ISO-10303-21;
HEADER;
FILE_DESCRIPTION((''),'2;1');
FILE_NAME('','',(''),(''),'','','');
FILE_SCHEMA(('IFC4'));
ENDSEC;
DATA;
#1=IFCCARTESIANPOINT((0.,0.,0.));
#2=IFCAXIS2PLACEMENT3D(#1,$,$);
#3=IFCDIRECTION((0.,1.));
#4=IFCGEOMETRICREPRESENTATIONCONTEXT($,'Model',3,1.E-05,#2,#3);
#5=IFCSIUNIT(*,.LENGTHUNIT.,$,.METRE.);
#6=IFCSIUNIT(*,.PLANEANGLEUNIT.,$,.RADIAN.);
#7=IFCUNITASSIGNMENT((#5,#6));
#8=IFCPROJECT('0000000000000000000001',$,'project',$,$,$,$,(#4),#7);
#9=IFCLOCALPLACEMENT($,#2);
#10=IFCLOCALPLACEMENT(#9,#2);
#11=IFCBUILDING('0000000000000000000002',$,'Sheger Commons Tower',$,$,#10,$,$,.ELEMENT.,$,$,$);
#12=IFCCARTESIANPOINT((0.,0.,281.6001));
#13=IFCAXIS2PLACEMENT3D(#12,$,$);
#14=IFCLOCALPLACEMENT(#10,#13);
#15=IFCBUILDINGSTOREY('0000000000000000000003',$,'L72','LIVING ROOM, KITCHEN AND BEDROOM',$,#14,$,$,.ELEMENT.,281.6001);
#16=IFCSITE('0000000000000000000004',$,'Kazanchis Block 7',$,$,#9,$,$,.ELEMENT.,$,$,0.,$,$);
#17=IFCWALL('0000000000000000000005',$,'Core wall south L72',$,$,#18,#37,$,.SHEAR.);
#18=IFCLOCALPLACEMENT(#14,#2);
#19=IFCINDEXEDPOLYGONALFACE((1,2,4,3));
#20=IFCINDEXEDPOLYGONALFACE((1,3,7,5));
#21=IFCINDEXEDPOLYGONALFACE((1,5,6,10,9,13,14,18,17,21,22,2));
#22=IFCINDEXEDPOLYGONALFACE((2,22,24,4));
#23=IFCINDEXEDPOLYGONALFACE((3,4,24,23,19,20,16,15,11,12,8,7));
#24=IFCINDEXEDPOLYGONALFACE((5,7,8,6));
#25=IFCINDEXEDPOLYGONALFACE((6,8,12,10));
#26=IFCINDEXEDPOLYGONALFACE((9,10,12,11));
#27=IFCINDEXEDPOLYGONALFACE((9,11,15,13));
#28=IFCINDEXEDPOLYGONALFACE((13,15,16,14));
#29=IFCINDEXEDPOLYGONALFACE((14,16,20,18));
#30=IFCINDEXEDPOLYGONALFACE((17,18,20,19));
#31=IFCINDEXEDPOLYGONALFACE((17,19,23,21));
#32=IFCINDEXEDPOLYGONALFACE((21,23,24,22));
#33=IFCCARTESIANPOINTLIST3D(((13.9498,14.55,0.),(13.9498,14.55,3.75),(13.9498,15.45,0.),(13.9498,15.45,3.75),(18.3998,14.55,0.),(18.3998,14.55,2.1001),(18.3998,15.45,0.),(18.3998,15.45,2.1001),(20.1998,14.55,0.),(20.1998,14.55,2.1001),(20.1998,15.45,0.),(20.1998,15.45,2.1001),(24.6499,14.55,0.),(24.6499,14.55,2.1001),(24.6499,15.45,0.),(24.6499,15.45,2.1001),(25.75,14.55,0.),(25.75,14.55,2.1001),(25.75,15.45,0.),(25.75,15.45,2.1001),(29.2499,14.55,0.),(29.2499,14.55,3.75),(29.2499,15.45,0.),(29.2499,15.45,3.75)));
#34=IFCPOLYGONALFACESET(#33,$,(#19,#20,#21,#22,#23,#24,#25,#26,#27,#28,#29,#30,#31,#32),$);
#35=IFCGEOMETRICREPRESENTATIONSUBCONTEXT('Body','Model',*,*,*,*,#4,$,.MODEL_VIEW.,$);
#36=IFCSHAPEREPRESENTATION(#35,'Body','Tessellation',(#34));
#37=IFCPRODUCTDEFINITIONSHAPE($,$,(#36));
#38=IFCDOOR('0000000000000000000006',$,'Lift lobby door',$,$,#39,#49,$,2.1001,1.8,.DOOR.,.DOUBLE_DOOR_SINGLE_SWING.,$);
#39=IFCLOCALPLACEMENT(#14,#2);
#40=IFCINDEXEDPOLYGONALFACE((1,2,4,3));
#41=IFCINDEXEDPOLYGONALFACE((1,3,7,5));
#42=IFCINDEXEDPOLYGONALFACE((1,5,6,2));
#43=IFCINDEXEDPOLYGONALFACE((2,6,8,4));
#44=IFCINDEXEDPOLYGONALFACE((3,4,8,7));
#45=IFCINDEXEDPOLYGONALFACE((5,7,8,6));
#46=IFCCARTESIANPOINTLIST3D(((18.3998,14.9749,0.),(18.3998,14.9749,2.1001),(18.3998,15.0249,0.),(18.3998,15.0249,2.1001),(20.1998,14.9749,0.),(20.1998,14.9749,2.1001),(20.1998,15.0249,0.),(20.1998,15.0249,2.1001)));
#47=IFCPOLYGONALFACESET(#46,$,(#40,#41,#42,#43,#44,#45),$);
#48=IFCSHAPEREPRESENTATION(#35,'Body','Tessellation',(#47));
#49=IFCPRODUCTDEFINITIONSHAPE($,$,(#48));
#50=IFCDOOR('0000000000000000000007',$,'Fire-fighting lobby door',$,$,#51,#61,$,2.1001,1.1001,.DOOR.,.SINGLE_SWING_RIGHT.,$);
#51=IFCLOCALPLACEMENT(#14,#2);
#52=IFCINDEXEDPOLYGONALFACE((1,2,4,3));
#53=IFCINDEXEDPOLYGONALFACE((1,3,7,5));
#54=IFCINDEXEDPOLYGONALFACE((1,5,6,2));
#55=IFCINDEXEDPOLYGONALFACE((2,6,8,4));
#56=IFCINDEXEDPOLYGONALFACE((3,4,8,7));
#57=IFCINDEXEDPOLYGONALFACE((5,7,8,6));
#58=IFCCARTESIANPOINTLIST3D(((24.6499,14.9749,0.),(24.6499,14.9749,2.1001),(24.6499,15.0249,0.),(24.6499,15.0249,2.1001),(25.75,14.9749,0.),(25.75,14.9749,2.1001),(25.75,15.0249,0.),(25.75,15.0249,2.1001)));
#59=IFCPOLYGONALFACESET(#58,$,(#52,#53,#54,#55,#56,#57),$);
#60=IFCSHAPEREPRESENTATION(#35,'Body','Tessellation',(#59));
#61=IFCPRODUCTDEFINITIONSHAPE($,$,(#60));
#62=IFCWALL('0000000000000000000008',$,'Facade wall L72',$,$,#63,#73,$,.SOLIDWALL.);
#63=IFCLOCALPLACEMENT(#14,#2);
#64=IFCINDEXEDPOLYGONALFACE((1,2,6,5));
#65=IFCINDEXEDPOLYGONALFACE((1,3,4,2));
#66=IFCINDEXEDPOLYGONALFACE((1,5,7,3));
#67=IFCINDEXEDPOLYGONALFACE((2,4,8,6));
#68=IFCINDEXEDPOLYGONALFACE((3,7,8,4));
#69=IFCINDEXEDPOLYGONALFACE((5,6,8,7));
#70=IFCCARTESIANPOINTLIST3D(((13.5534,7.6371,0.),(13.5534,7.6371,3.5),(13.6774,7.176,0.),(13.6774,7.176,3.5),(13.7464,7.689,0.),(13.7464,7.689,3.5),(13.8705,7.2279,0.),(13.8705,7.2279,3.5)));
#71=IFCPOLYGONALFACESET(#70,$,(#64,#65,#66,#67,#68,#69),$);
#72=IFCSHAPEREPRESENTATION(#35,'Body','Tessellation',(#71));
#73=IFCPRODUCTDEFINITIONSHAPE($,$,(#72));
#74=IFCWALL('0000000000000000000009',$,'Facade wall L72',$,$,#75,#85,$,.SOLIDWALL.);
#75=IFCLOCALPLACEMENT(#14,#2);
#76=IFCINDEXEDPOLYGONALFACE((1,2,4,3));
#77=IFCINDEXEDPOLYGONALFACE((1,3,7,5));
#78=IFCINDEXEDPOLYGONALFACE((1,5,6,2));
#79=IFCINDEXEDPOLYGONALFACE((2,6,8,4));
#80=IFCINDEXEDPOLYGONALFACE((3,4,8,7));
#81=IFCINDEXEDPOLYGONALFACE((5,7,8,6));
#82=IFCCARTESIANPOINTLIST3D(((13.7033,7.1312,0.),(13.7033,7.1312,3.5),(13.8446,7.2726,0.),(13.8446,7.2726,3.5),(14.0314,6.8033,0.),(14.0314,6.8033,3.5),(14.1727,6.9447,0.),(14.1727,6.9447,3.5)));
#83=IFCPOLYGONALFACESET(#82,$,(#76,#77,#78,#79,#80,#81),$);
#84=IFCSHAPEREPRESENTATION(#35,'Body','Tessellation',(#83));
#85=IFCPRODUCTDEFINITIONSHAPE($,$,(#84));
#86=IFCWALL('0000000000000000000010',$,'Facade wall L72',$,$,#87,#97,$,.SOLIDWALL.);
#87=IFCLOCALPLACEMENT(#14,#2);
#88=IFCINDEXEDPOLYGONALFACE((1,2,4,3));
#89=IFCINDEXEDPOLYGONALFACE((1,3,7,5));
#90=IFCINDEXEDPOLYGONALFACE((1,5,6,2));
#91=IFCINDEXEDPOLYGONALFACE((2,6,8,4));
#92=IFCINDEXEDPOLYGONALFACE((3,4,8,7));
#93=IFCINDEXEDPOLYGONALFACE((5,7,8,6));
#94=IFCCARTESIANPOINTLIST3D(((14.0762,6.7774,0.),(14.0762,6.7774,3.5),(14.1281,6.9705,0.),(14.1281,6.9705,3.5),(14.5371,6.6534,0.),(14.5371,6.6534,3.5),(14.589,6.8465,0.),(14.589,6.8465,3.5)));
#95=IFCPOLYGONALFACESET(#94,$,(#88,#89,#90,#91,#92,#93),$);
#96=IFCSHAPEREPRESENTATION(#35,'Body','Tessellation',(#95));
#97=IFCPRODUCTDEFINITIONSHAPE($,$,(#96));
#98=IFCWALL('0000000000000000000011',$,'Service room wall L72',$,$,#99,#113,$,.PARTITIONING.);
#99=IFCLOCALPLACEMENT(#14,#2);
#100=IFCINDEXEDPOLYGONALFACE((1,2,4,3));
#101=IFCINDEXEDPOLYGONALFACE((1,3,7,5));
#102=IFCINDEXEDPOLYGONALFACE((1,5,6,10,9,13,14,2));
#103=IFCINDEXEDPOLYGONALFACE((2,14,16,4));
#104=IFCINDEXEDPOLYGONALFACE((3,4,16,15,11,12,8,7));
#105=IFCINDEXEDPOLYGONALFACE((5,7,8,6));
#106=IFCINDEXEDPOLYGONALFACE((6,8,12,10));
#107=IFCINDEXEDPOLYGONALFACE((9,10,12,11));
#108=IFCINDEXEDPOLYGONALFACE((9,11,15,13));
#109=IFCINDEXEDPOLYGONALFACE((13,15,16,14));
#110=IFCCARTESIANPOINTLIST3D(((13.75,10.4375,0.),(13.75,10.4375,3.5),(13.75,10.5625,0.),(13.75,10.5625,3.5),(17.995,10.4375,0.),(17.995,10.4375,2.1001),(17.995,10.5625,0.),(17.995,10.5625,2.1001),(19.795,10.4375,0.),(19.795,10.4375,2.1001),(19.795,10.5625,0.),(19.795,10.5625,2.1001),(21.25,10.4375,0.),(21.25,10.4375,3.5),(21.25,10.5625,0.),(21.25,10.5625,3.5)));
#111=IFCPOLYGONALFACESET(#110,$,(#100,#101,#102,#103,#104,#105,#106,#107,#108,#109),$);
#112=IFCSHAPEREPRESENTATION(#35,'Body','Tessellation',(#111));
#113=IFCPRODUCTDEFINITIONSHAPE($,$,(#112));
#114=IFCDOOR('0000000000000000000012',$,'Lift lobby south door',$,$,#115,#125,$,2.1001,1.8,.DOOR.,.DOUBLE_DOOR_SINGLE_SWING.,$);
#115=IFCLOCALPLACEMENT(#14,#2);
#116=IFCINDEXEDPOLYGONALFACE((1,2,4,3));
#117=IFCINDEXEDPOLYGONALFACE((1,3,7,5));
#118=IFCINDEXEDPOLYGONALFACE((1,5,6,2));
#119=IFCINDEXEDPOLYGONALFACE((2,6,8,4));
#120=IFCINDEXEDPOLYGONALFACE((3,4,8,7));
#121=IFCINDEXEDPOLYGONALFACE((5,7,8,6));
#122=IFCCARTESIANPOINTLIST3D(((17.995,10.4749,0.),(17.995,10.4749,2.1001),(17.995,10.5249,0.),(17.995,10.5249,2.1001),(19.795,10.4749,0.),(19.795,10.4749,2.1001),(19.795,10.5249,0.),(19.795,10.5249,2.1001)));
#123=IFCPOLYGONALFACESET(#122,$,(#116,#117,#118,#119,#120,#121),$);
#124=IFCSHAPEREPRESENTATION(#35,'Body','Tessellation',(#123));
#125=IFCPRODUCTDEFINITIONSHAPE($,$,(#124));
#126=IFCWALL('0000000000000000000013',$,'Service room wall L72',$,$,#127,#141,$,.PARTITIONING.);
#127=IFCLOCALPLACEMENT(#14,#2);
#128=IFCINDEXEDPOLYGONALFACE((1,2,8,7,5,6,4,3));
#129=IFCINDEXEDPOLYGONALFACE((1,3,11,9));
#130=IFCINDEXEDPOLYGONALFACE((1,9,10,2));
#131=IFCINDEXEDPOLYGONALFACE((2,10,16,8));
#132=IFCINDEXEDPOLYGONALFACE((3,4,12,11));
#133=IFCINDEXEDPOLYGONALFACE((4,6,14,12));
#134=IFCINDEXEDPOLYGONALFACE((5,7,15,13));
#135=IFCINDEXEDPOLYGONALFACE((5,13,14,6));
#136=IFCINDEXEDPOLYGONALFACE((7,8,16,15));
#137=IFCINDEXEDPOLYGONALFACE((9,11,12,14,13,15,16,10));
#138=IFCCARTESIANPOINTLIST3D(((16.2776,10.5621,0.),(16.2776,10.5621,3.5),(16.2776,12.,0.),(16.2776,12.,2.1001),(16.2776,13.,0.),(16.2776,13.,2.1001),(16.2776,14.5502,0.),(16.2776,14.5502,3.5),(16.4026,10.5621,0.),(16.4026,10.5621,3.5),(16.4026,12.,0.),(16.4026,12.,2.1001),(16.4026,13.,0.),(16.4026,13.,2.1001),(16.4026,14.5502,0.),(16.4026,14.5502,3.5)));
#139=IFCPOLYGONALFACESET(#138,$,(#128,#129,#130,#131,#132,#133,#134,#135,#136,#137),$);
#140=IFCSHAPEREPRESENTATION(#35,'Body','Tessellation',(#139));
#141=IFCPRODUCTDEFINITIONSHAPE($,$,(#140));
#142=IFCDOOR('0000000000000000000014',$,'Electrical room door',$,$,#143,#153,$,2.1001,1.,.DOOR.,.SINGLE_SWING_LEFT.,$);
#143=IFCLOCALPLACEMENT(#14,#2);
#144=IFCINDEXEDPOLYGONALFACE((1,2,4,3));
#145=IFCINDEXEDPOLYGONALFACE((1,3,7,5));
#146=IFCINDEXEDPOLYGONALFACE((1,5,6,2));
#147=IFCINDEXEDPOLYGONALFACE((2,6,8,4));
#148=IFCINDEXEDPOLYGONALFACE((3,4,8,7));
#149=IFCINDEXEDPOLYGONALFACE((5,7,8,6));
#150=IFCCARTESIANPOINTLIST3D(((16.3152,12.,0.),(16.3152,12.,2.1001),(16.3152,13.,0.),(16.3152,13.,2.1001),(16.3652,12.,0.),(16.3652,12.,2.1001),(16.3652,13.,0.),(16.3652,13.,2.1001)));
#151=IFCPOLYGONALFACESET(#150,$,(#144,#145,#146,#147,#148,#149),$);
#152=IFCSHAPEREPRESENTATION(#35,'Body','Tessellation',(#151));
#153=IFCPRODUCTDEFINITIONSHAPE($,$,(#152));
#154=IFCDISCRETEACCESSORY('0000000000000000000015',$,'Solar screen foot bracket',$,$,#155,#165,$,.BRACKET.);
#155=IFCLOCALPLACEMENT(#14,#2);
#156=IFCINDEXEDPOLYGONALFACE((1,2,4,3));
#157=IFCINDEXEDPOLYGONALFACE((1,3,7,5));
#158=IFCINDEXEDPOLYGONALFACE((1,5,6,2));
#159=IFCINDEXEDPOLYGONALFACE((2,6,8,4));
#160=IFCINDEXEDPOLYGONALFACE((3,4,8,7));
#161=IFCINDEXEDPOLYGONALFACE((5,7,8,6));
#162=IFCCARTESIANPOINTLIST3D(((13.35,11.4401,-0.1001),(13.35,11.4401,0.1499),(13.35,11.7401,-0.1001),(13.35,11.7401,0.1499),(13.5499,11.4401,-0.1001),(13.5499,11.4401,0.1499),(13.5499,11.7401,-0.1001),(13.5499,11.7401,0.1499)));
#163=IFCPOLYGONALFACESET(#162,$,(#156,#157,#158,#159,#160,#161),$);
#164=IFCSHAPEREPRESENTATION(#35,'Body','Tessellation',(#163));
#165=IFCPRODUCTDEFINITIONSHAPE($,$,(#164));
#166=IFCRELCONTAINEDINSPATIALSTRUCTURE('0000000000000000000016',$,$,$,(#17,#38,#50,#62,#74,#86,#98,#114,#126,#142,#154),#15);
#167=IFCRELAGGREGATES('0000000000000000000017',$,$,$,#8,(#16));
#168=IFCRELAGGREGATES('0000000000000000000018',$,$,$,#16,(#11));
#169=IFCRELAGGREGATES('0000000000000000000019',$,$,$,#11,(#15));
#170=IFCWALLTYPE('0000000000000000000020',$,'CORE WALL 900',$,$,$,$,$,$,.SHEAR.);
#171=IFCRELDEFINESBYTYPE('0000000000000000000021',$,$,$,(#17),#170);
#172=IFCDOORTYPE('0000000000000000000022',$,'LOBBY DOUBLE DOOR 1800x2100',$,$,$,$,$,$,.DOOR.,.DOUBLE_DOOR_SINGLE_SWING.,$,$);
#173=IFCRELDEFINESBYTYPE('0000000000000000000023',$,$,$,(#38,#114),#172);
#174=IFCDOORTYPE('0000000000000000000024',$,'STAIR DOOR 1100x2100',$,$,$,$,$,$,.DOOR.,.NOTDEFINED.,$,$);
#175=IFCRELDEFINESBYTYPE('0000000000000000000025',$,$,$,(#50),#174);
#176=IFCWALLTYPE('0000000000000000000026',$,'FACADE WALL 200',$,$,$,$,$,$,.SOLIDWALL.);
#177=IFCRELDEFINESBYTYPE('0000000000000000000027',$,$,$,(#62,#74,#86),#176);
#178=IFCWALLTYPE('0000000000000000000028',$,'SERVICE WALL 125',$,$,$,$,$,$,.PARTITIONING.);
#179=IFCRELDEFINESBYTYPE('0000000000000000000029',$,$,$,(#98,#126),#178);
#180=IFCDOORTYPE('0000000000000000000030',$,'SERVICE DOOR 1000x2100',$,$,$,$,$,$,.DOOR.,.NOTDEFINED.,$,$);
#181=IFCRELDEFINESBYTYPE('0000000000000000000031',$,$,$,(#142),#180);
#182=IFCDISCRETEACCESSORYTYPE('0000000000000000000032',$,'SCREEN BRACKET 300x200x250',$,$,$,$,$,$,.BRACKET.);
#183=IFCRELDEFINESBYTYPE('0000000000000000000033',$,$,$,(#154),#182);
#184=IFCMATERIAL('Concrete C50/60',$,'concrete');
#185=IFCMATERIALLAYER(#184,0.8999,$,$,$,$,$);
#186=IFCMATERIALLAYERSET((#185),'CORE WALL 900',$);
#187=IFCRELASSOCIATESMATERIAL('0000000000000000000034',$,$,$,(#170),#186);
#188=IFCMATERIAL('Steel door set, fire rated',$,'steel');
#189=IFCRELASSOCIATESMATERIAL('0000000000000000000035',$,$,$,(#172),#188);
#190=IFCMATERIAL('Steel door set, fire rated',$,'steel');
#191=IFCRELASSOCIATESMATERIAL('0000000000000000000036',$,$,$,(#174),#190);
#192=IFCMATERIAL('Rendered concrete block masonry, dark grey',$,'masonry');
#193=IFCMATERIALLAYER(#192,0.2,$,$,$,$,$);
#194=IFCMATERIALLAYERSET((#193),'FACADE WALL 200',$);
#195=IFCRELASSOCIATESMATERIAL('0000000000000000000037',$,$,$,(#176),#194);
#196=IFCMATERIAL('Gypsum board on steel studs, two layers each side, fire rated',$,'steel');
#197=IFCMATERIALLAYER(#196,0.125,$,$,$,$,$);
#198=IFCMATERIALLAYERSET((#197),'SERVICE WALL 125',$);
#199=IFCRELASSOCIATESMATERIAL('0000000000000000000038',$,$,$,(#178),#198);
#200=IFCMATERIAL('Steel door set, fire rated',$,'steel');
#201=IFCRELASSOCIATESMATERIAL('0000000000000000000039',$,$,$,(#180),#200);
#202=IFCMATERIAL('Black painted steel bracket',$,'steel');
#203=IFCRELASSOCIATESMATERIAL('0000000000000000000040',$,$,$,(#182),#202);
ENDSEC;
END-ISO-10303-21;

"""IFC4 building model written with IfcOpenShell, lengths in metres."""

from ifc_helpers import new_model, si_unit, direction, frame, frame_2d, origin, origin_2d, place, context, subcontext, project, spatial, rectangle, extrude, material, layer, layer_set, type_object, element, fill, save


model = new_model("IFC4")

# Units and contexts
model_context = context("Model", 3, precision=1e-05, world=origin(), true_north=direction((0.0, 1.0)))
body_context = subcontext(model_context, "Body", "Model", "MODEL_VIEW")
ifc_project = project(units=[si_unit("LENGTHUNIT", "METRE"), si_unit("PLANEANGLEUNIT", "RADIAN")], contexts=[model_context])

# Site, building, storey
site_placement = place(None, origin())
site = spatial("IfcSite", under=ifc_project, at=site_placement, Name="Kazanchis Block 7", CompositionType="ELEMENT", RefElevation=0.0)
building_placement = place(site_placement, origin())
building = spatial("IfcBuilding", under=site, at=building_placement, Name="Sheger Commons Tower", CompositionType="ELEMENT")
storey_placement = place(building_placement, frame((0.0, 0.0, 281.6001)))
storey = spatial("IfcBuildingStorey", under=building, at=storey_placement, Name="L72", Description="LIVING ROOM, KITCHEN AND BEDROOM", CompositionType="ELEMENT", Elevation=281.6001)

# Wall, openings, doors
ifc_material_1 = material(Name="Concrete C50/60", Category="concrete")
ifc_layer_1 = layer(ifc_material_1, 0.8999)
ifc_layer_set_1 = layer_set([ifc_layer_1], Name="CORE WALL 900")
wall_type_1 = type_object("IfcWallType", Name="CORE WALL 900", PredefinedType="SHEAR", material=ifc_layer_set_1)
wall_1_placement = place(storey_placement, frame((13.95, 15.0, 0.0), z_axis=(0.0, 0.0, 1.0), x_axis=(1.0, 0.0, 0.0)))
wall_1 = element("IfcWall", 1, at=wall_1_placement, inside=storey, type_object=wall_type_1, Name="Core wall south L72", PredefinedType="SHEAR", context=body_context, shape_type="SweptSolid", body=[
    extrude(rectangle(XDim=15.3, YDim=0.8999, at=frame_2d((7.6499, 0.0))), origin(), (0.0, 0.0, 1.0), 3.75),
])
opening_1_placement = place(wall_1_placement, frame((4.45, 0.0, 0.0)))
opening_1 = element("IfcOpeningElement", 2, at=opening_1_placement, cuts=wall_1, PredefinedType="OPENING", context=body_context, shape_type="SweptSolid", body=[
    extrude(rectangle(XDim=1.8, YDim=2.1001, at=frame_2d((0.8999, 1.05))), frame((0.0, 0.46, 0.0), z_axis=(0.0, -1.0, 0.0), x_axis=(1.0, 0.0, 0.0)), (0.0, 0.0, 1.0), 0.9199),
])
opening_2_placement = place(wall_1_placement, frame((10.7, 0.0, 0.0)))
opening_2 = element("IfcOpeningElement", 3, at=opening_2_placement, cuts=wall_1, PredefinedType="OPENING", context=body_context, shape_type="SweptSolid", body=[
    extrude(rectangle(XDim=1.1001, YDim=2.1001, at=frame_2d((0.55, 1.05))), frame((0.0, 0.46, 0.0), z_axis=(0.0, -1.0, 0.0), x_axis=(1.0, 0.0, 0.0)), (0.0, 0.0, 1.0), 0.9199),
])
ifc_material_2 = material(Name="Steel door set, fire rated", Category="steel")
door_type_1 = type_object("IfcDoorType", Name="LOBBY DOUBLE DOOR 1800x2100", OperationType="DOUBLE_DOOR_SINGLE_SWING", PredefinedType="DOOR", material=ifc_material_2)
door_1_placement = place(opening_1_placement, origin())
door_1 = element("IfcDoor", 4, at=door_1_placement, inside=storey, type_object=door_type_1, Name="Lift lobby door", OperationType="DOUBLE_DOOR_SINGLE_SWING", OverallHeight=2.1001, OverallWidth=1.8, PredefinedType="DOOR", context=body_context, shape_type="SweptSolid", body=[
    extrude(rectangle(XDim=1.8, YDim=2.1001, at=frame_2d((0.8999, 1.05))), frame((0.0, 0.0249, 0.0), z_axis=(0.0, -1.0, 0.0), x_axis=(1.0, 0.0, 0.0)), (0.0, 0.0, 1.0), 0.05),
])
fill(opening_1, door_1)
ifc_material_3 = material(Name="Steel door set, fire rated", Category="steel")
door_type_2 = type_object("IfcDoorType", Name="STAIR DOOR 1100x2100", OperationType="NOTDEFINED", PredefinedType="DOOR", material=ifc_material_3)
door_2_placement = place(opening_2_placement, origin())
door_2 = element("IfcDoor", 5, at=door_2_placement, inside=storey, type_object=door_type_2, Name="Fire-fighting lobby door", OperationType="SINGLE_SWING_RIGHT", OverallHeight=2.1001, OverallWidth=1.1001, PredefinedType="DOOR", context=body_context, shape_type="SweptSolid", body=[
    extrude(rectangle(XDim=1.1001, YDim=2.1001, at=frame_2d((0.55, 1.05))), frame((0.0, 0.0249, 0.0), z_axis=(0.0, -1.0, 0.0), x_axis=(1.0, 0.0, 0.0)), (0.0, 0.0, 1.0), 0.05),
])
fill(opening_2, door_2)

# Walls
ifc_material_4 = material(Name="Rendered concrete block masonry, dark grey", Category="masonry")
ifc_layer_2 = layer(ifc_material_4, 0.2)
ifc_layer_set_2 = layer_set([ifc_layer_2], Name="FACADE WALL 200")
wall_type_2 = type_object("IfcWallType", Name="FACADE WALL 200", PredefinedType="SOLIDWALL", material=ifc_layer_set_2)
wall_2_placement = place(storey_placement, frame((13.6499, 7.6631, 0.0), z_axis=(0.0, 0.0, 1.0), x_axis=(0.259698, -0.96569, 0.0)))
element("IfcWall", 6, at=wall_2_placement, inside=storey, type_object=wall_type_2, Name="Facade wall L72", PredefinedType="SOLIDWALL", context=body_context, shape_type="SweptSolid", body=[
    extrude(rectangle(XDim=0.4775, YDim=0.2, at=frame_2d((0.2388, 0.0))), origin(), (0.0, 0.0, 1.0), 3.5),
])
wall_3_placement = place(storey_placement, frame((13.7739, 7.2019, 0.0), z_axis=(0.0, 0.0, 1.0), x_axis=(0.70737, -0.706844, 0.0)))
element("IfcWall", 7, at=wall_3_placement, inside=storey, type_object=wall_type_2, Name="Facade wall L72", PredefinedType="SOLIDWALL", context=body_context, shape_type="SweptSolid", body=[
    extrude(rectangle(XDim=0.4639, YDim=0.2, at=frame_2d((0.2319, 0.0))), origin(), (0.0, 0.0, 1.0), 3.5),
])
wall_4_placement = place(storey_placement, frame((14.1021, 6.874, 0.0), z_axis=(0.0, 0.0, 1.0), x_axis=(0.965655, -0.259827, 0.0)))
element("IfcWall", 8, at=wall_4_placement, inside=storey, type_object=wall_type_2, Name="Facade wall L72", PredefinedType="SOLIDWALL", context=body_context, shape_type="SweptSolid", body=[
    extrude(rectangle(XDim=0.4773, YDim=0.2, at=frame_2d((0.2388, 0.0))), origin(), (0.0, 0.0, 1.0), 3.5),
])

# Walls, openings, doors
ifc_material_5 = material(Name="Gypsum board on steel studs, two layers each side, fire rated", Category="steel")
ifc_layer_3 = layer(ifc_material_5, 0.125)
ifc_layer_set_3 = layer_set([ifc_layer_3], Name="SERVICE WALL 125")
wall_type_3 = type_object("IfcWallType", Name="SERVICE WALL 125", PredefinedType="PARTITIONING", material=ifc_layer_set_3)
wall_5_placement = place(storey_placement, frame((13.75, 10.5, 0.0), z_axis=(0.0, 0.0, 1.0), x_axis=(1.0, 0.0, 0.0)))
wall_5 = element("IfcWall", 9, at=wall_5_placement, inside=storey, type_object=wall_type_3, Name="Service room wall L72", PredefinedType="PARTITIONING", context=body_context, shape_type="SweptSolid", body=[
    extrude(rectangle(XDim=7.5, YDim=0.125, at=frame_2d((3.75, 0.0))), origin(), (0.0, 0.0, 1.0), 3.5),
])
opening_3_placement = place(wall_5_placement, frame((4.2451, 0.0, 0.0)))
opening_3 = element("IfcOpeningElement", 10, at=opening_3_placement, cuts=wall_5, PredefinedType="OPENING", context=body_context, shape_type="SweptSolid", body=[
    extrude(rectangle(XDim=1.8, YDim=2.1001, at=frame_2d((0.8999, 1.05))), frame((0.0, 0.0725, 0.0), z_axis=(0.0, -1.0, 0.0), x_axis=(1.0, 0.0, 0.0)), (0.0, 0.0, 1.0), 0.145),
])
door_3_placement = place(opening_3_placement, origin())
door_3 = element("IfcDoor", 11, at=door_3_placement, inside=storey, type_object=door_type_1, Name="Lift lobby south door", OperationType="DOUBLE_DOOR_SINGLE_SWING", OverallHeight=2.1001, OverallWidth=1.8, PredefinedType="DOOR", context=body_context, shape_type="SweptSolid", body=[
    extrude(rectangle(XDim=1.8, YDim=2.1001, at=frame_2d((0.8999, 1.05))), frame((0.0, 0.0249, 0.0), z_axis=(0.0, -1.0, 0.0), x_axis=(1.0, 0.0, 0.0)), (0.0, 0.0, 1.0), 0.05),
])
fill(opening_3, door_3)
wall_6_placement = place(storey_placement, frame((16.3401, 10.562, 0.0), z_axis=(0.0, 0.0, 1.0), x_axis=(0.0, 1.0, 0.0)))
wall_6 = element("IfcWall", 12, at=wall_6_placement, inside=storey, type_object=wall_type_3, Name="Service room wall L72", PredefinedType="PARTITIONING", context=body_context, shape_type="SweptSolid", body=[
    extrude(rectangle(XDim=3.988, YDim=0.125, at=frame_2d((1.9941, 0.0))), origin(), (0.0, 0.0, 1.0), 3.5),
])
opening_4_placement = place(wall_6_placement, frame((1.438, 0.0, 0.0)))
opening_4 = element("IfcOpeningElement", 13, at=opening_4_placement, cuts=wall_6, PredefinedType="OPENING", context=body_context, shape_type="SweptSolid", body=[
    extrude(rectangle(XDim=1.0, YDim=2.1001, at=frame_2d((0.5, 1.05))), frame((0.0, 0.0725, 0.0), z_axis=(0.0, -1.0, 0.0), x_axis=(1.0, 0.0, 0.0)), (0.0, 0.0, 1.0), 0.145),
])
ifc_material_6 = material(Name="Steel door set, fire rated", Category="steel")
door_type_3 = type_object("IfcDoorType", Name="SERVICE DOOR 1000x2100", OperationType="NOTDEFINED", PredefinedType="DOOR", material=ifc_material_6)
door_4_placement = place(opening_4_placement, origin())
door_4 = element("IfcDoor", 14, at=door_4_placement, inside=storey, type_object=door_type_3, Name="Electrical room door", OperationType="SINGLE_SWING_LEFT", OverallHeight=2.1001, OverallWidth=1.0, PredefinedType="DOOR", context=body_context, shape_type="SweptSolid", body=[
    extrude(rectangle(XDim=1.0, YDim=2.1001, at=frame_2d((0.5, 1.05))), frame((0.0, 0.0249, 0.0), z_axis=(0.0, -1.0, 0.0), x_axis=(1.0, 0.0, 0.0)), (0.0, 0.0, 1.0), 0.05),
])
fill(opening_4, door_4)

# Discrete accessory
ifc_material_7 = material(Name="Black painted steel bracket", Category="steel")
discrete_accessory_type = type_object("IfcDiscreteAccessoryType", Name="SCREEN BRACKET 300x200x250", PredefinedType="BRACKET", material=ifc_material_7)
for number, where, z_axis, x_axis, name in (
    (15, (13.45, 11.5901, -0.1001), (0.0, 0.0, 1.0), (0.0, -1.0, 0.0), "Solar screen foot bracket"),
):
    element("IfcDiscreteAccessory", number, at=place(storey_placement, frame(where, z_axis=z_axis, x_axis=x_axis)), inside=storey, type_object=discrete_accessory_type, Name=name, PredefinedType="BRACKET", context=body_context, shape_type="SweptSolid", body=[
        extrude(rectangle(XDim=0.3, YDim=0.2, at=origin_2d()), origin(), (0.0, 0.0, 1.0), 0.25),
    ])

save(model, "model.ifc")
